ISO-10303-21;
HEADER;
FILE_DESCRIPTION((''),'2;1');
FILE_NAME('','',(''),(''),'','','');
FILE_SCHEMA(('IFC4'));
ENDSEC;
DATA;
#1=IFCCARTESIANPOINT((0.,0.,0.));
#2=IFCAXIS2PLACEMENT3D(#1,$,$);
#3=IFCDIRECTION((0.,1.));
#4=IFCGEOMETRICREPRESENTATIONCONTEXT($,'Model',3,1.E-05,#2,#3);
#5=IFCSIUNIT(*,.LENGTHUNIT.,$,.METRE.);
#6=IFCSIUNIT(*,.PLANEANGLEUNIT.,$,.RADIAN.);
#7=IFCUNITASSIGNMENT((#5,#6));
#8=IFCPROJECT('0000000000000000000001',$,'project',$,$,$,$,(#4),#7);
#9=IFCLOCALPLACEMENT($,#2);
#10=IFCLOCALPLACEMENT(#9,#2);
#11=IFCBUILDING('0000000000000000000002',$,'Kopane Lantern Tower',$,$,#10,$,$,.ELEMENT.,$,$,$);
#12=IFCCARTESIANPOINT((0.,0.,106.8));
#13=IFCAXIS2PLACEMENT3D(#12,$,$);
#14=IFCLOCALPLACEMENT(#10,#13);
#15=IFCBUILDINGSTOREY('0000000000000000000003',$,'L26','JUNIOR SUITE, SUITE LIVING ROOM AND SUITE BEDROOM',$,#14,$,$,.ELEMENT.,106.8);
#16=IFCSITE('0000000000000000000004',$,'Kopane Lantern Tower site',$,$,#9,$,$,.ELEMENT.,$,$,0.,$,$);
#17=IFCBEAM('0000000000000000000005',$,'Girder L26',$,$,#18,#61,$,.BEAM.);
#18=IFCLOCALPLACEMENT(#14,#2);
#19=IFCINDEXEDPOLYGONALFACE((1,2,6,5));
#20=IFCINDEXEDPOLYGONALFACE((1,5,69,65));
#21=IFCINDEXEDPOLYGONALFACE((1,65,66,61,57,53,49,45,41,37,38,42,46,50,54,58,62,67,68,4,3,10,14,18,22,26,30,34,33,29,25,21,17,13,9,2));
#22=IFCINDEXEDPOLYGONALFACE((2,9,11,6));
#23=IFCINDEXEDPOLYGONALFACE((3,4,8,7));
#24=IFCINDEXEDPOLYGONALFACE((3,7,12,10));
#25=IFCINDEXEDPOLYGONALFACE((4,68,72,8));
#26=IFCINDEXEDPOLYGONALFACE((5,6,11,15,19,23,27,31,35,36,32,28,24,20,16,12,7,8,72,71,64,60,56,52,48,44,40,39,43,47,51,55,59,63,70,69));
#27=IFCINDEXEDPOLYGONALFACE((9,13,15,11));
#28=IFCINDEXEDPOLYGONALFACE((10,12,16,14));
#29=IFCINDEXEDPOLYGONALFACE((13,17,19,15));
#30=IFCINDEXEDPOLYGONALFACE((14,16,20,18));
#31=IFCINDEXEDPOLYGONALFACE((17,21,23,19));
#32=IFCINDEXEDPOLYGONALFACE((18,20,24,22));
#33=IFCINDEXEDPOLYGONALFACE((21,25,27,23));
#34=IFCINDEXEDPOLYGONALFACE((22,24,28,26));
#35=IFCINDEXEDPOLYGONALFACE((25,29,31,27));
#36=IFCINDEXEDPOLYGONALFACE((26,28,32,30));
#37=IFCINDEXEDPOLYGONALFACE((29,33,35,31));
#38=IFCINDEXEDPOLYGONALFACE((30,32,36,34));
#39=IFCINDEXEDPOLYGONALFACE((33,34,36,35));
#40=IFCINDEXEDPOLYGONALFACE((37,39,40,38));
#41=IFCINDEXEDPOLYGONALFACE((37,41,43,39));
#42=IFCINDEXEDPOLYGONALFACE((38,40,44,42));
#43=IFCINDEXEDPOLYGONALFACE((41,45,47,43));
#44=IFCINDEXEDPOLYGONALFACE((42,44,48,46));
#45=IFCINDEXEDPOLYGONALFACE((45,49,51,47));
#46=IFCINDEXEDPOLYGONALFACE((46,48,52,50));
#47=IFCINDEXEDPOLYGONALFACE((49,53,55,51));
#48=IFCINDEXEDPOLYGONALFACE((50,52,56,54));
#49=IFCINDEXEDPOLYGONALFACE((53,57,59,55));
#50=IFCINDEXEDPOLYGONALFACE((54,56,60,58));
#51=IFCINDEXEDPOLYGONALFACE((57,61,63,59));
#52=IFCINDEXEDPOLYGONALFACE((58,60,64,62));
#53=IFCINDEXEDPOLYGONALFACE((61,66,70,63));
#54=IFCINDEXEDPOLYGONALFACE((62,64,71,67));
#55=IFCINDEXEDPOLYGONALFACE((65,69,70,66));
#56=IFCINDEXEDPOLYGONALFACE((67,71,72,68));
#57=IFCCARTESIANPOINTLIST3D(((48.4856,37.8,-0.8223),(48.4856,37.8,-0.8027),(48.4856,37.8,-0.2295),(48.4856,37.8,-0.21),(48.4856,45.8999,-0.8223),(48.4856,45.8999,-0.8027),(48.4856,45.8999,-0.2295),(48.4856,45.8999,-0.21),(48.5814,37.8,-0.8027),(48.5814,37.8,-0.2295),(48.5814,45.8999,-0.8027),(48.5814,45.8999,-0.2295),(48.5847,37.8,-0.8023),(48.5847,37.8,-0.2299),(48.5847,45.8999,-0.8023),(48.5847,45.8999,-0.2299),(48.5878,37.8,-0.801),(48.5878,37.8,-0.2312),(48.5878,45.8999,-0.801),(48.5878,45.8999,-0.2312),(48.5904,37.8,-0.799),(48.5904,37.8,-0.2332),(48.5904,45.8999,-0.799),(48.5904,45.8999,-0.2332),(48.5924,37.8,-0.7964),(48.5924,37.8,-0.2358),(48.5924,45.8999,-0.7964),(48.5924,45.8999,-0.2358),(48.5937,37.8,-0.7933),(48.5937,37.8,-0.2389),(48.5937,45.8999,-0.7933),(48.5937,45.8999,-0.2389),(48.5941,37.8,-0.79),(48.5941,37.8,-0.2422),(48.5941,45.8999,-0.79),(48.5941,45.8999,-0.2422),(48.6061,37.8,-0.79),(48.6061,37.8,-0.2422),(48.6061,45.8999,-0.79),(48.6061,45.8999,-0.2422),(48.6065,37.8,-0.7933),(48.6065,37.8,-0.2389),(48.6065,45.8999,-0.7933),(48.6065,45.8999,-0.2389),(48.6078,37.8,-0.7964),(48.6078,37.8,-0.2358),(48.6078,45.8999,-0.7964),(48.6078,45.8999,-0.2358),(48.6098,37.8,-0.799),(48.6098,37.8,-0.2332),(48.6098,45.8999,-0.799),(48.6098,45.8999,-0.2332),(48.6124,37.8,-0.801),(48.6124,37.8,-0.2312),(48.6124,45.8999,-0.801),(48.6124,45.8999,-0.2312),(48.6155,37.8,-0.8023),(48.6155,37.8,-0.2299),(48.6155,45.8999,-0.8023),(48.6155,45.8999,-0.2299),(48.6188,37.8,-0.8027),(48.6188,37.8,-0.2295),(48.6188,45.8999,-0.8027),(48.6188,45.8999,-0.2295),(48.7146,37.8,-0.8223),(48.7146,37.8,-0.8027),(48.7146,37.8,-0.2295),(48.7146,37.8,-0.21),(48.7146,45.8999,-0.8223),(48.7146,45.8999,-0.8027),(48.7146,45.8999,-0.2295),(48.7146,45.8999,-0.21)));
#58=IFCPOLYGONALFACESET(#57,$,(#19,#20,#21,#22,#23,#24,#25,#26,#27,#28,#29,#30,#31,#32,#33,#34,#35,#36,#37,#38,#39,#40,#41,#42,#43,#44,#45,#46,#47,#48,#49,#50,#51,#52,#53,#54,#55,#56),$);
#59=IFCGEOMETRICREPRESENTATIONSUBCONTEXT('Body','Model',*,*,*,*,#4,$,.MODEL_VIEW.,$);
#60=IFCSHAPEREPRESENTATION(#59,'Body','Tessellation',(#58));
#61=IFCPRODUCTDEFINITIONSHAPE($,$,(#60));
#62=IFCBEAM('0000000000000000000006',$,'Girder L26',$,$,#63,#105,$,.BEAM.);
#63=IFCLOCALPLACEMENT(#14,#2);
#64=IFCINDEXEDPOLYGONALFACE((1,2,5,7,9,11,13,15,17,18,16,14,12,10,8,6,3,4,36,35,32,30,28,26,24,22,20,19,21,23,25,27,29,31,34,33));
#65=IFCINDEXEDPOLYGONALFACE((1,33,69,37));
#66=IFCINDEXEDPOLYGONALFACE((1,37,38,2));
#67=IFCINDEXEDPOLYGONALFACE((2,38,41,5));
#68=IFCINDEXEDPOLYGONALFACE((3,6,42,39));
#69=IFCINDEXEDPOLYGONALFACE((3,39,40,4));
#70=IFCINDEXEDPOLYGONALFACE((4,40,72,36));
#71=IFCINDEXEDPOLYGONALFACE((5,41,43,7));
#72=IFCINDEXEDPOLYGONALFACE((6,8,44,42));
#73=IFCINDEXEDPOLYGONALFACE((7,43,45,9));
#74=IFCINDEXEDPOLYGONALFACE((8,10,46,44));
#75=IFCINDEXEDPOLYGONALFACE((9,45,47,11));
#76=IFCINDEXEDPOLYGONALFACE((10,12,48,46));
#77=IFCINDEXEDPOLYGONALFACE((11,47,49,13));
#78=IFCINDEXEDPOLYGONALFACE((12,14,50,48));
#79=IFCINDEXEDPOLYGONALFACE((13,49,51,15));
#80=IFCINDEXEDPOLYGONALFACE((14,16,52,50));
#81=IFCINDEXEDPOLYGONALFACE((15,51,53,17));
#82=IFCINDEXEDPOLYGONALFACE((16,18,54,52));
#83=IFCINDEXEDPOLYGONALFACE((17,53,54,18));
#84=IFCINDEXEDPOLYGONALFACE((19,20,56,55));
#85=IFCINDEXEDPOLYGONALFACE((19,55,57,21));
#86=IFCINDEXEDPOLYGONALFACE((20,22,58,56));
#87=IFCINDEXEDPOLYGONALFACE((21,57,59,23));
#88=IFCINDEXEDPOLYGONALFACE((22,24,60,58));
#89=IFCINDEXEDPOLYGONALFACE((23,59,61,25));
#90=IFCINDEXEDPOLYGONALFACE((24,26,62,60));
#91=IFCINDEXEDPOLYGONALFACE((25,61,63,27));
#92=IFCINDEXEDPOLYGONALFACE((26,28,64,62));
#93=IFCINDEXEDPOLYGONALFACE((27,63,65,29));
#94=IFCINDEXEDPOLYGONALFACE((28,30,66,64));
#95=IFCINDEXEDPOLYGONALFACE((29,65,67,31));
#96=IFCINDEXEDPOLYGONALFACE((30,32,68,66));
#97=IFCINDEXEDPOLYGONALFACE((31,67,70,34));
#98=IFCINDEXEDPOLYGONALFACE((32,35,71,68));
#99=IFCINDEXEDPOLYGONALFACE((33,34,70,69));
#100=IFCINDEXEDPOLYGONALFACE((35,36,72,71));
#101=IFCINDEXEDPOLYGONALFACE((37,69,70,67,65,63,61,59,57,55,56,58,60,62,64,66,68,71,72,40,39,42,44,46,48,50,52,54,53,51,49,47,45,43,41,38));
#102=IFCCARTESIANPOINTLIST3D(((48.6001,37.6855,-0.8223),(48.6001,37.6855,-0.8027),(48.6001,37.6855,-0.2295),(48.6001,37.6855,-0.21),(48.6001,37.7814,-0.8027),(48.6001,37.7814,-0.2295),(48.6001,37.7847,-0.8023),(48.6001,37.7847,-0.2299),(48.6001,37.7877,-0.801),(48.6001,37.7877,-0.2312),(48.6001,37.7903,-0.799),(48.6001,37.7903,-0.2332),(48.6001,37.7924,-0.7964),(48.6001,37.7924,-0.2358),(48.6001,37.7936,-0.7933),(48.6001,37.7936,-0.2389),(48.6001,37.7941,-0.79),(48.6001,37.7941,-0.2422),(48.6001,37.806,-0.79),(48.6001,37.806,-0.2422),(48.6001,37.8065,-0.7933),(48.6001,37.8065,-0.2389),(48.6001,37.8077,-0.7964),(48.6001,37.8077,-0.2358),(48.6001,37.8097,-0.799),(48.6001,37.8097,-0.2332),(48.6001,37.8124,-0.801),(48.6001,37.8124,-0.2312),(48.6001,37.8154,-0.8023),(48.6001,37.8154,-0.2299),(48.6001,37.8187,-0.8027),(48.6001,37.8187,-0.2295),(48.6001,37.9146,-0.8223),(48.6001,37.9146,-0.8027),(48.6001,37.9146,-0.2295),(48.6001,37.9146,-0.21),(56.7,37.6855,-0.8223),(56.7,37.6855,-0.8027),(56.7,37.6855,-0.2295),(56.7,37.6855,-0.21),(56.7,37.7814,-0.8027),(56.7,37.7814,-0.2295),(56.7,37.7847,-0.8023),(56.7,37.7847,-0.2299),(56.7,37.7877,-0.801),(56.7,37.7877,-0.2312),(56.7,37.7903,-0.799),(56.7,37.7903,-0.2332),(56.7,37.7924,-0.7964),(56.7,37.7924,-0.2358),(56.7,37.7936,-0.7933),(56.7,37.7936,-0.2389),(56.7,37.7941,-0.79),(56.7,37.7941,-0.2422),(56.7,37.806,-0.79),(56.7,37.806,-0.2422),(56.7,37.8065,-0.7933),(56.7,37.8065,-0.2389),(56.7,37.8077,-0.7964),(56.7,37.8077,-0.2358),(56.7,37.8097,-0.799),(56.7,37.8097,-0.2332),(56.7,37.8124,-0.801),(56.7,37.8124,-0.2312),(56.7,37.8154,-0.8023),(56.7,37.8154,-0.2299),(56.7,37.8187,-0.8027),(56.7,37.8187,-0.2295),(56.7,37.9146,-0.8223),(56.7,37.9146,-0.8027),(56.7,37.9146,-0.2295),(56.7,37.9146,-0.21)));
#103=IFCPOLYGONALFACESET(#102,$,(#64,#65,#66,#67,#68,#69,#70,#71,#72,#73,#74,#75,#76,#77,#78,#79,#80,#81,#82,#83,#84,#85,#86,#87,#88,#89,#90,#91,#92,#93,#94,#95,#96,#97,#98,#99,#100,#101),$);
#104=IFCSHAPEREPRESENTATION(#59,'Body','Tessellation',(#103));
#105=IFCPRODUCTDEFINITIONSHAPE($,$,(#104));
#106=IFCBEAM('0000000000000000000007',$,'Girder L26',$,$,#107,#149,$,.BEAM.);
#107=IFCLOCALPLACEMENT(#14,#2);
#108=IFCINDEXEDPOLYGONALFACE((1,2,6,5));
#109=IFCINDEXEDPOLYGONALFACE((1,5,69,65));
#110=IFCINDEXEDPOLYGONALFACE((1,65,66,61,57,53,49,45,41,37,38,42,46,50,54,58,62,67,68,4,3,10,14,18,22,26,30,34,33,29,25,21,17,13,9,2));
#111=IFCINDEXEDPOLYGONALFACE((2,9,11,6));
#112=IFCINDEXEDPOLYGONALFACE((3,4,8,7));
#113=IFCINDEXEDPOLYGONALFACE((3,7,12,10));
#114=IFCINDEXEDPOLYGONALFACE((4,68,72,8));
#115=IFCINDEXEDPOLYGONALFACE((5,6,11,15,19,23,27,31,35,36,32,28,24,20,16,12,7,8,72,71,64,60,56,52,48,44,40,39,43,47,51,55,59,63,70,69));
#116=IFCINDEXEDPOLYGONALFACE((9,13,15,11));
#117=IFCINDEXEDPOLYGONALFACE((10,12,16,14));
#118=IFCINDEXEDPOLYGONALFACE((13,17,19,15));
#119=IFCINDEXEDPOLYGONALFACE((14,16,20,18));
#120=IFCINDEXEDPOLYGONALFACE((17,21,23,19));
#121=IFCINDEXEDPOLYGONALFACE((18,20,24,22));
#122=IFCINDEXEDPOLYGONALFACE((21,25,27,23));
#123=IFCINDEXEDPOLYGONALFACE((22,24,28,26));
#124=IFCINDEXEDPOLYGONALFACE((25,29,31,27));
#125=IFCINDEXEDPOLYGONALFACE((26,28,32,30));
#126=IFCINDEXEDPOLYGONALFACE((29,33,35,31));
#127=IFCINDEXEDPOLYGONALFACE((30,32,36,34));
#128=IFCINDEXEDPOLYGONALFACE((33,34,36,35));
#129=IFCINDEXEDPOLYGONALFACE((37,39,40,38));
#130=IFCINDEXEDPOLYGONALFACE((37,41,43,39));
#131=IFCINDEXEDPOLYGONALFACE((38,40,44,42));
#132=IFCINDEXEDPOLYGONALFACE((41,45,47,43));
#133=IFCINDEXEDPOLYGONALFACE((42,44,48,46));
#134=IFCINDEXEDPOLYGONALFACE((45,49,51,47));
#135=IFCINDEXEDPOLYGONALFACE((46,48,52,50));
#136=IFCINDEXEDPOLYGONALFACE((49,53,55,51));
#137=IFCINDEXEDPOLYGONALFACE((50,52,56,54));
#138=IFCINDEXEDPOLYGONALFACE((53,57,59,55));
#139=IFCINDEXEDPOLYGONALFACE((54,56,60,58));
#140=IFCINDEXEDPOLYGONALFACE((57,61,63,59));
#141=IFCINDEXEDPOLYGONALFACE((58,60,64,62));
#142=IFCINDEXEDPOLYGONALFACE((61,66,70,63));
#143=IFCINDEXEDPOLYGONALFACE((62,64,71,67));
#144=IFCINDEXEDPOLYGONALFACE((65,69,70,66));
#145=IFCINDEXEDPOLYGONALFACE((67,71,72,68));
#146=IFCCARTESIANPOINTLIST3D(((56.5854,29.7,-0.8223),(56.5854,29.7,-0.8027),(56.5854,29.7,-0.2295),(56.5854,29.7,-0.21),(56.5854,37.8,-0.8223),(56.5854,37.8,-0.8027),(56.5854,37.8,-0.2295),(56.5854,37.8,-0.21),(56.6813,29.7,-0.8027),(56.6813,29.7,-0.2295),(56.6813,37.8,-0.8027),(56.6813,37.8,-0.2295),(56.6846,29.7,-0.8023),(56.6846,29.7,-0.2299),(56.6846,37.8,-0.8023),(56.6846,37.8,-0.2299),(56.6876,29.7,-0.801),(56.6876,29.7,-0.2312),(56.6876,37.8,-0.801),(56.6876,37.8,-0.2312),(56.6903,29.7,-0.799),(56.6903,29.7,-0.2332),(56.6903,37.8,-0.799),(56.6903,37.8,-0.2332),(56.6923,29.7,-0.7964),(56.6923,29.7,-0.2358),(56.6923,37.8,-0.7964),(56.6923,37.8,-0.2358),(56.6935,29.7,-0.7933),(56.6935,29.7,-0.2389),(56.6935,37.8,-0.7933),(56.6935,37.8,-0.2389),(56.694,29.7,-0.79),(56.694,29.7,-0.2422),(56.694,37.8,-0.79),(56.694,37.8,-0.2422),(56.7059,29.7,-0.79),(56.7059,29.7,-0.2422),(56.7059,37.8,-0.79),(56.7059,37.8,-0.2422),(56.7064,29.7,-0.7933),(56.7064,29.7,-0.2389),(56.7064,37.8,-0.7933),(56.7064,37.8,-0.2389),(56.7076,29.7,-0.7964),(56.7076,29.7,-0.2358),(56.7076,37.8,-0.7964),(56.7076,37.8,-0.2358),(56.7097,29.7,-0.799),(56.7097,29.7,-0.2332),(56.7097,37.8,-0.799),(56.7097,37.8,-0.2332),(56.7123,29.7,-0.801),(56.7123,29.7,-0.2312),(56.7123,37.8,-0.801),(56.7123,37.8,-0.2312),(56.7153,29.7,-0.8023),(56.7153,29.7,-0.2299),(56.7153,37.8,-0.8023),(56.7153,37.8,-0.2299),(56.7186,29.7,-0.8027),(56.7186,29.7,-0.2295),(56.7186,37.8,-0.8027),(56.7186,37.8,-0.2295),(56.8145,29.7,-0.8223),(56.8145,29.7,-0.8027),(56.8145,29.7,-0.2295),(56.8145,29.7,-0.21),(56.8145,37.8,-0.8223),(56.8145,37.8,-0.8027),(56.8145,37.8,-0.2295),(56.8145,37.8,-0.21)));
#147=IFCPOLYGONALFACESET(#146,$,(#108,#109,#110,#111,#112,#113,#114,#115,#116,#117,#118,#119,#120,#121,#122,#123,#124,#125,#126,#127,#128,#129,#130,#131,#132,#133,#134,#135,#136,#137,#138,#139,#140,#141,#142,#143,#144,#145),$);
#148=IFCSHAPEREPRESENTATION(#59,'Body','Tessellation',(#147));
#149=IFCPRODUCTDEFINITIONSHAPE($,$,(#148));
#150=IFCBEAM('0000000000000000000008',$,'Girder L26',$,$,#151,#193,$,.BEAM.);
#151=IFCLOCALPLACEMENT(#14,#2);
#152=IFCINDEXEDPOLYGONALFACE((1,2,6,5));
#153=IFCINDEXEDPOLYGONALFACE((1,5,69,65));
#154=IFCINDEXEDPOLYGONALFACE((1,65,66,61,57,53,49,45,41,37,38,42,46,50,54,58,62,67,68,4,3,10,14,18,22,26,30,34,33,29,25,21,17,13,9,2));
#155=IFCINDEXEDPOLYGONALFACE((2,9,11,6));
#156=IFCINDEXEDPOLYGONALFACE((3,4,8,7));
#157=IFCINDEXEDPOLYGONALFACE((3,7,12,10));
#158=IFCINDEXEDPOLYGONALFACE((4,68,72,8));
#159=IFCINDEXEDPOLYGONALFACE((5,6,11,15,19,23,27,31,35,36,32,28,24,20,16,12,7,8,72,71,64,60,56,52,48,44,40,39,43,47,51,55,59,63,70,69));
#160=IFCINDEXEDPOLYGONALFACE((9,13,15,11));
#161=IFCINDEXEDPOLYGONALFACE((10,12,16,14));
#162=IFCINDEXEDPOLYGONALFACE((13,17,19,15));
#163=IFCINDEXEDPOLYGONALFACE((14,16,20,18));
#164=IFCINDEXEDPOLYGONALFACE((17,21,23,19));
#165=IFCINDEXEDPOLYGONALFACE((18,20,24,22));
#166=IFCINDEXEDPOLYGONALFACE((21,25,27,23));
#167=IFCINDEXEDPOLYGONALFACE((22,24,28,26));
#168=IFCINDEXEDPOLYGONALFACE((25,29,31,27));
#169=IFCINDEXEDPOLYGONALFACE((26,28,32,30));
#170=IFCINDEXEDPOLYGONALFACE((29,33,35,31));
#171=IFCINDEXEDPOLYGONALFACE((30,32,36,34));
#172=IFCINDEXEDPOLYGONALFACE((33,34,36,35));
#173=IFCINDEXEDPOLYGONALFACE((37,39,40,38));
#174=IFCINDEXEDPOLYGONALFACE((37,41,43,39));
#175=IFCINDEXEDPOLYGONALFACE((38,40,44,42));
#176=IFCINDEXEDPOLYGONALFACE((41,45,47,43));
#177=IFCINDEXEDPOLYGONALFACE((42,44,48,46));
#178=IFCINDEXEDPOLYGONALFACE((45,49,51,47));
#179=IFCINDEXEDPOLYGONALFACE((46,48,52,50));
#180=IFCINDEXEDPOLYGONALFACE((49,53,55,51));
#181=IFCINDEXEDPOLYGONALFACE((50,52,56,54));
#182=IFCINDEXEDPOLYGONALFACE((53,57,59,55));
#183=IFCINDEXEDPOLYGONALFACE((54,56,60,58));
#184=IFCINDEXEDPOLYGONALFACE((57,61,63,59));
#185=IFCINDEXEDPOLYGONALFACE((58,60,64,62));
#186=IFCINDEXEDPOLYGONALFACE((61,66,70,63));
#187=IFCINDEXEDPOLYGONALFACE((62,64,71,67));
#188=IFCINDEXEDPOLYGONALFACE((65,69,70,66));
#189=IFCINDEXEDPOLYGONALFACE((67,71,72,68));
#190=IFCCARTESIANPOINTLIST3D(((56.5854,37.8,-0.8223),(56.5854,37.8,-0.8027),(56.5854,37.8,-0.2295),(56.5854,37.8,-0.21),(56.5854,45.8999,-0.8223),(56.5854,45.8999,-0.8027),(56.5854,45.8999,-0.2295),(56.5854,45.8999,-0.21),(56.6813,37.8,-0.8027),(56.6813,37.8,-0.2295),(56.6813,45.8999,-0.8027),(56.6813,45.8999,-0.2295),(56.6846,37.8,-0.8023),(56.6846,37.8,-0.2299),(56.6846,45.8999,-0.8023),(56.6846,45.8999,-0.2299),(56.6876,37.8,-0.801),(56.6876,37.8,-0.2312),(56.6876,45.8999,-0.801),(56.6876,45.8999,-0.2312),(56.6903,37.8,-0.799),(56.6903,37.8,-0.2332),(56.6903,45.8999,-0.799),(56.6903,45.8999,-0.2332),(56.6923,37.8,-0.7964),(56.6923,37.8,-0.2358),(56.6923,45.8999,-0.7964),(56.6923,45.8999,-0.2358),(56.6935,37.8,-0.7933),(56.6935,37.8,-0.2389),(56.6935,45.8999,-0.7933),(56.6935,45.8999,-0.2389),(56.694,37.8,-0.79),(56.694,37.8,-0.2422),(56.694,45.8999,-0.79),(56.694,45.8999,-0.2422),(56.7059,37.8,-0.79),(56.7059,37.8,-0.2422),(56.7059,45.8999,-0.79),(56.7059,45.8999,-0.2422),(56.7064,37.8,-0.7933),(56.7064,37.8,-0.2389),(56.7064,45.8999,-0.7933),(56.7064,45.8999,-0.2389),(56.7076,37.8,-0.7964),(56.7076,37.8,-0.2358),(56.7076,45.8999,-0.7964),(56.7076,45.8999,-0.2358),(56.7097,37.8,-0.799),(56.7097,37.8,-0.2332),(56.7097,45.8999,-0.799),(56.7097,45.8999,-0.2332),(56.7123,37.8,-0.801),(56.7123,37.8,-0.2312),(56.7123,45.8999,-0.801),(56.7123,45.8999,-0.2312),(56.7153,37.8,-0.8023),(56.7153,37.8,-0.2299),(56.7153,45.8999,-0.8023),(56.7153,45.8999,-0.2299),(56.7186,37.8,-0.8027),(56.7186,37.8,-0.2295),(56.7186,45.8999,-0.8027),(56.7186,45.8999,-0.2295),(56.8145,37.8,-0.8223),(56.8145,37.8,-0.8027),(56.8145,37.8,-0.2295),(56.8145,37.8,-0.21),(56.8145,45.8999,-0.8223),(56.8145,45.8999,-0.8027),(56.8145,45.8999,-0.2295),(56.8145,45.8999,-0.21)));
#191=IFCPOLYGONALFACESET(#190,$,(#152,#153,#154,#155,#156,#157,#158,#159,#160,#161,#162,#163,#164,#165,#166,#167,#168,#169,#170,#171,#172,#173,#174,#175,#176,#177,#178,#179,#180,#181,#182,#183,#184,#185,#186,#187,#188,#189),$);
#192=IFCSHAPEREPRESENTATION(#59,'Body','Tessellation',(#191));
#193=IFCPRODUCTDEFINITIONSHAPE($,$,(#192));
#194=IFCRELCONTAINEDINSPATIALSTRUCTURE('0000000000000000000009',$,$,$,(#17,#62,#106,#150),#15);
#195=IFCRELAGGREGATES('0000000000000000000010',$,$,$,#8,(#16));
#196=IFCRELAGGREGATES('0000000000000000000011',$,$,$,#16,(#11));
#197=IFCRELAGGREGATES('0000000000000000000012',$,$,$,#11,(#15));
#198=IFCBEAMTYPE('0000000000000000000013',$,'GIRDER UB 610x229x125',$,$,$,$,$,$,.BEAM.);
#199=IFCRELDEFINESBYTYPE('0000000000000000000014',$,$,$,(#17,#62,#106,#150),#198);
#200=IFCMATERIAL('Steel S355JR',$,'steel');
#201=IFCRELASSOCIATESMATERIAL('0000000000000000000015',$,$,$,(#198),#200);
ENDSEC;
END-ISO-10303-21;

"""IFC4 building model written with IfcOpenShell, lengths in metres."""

from ifc_helpers import new_model, si_unit, direction, frame, origin, origin_2d, place, context, subcontext, project, spatial, i_section, extrude, material, material_profile, profile_set, type_object, element, save


model = new_model("IFC4")

# Units and contexts
model_context = context("Model", 3, precision=1e-05, world=origin(), true_north=direction((0.0, 1.0)))
body_context = subcontext(model_context, "Body", "Model", "MODEL_VIEW")
ifc_project = project(units=[si_unit("LENGTHUNIT", "METRE"), si_unit("PLANEANGLEUNIT", "RADIAN")], contexts=[model_context])

# Site, building, storey
site_placement = place(None, origin())
site = spatial("IfcSite", under=ifc_project, at=site_placement, Name="Kopane Lantern Tower site", CompositionType="ELEMENT", RefElevation=0.0)
building_placement = place(site_placement, origin())
building = spatial("IfcBuilding", under=site, at=building_placement, Name="Kopane Lantern Tower", CompositionType="ELEMENT")
storey_placement = place(building_placement, frame((0.0, 0.0, 106.8)))
storey = spatial("IfcBuildingStorey", under=building, at=storey_placement, Name="L26", Description="JUNIOR SUITE, SUITE LIVING ROOM AND SUITE BEDROOM", CompositionType="ELEMENT", Elevation=106.8)

# Beams
ifc_material_1 = material(Name="Steel S355JR", Category="steel")
ifc_material_profile_1 = material_profile(ifc_material_1, i_section(OverallWidth=0.229, OverallDepth=0.6123, WebThickness=0.012, FlangeThickness=0.0195, FilletRadius=0.0127, at=origin_2d()), Name="UB 610x229x125")
ifc_profile_set_1 = profile_set([ifc_material_profile_1], Name="Steel S355JR")
beam_type = type_object("IfcBeamType", Name="GIRDER UB 610x229x125", PredefinedType="BEAM", material=ifc_profile_set_1)
for number, where, z_axis, x_axis, name in (
    (1, (48.6001, 37.8, -0.5161), (0.0, 1.0, 0.0), (-1.0, 0.0, 0.0), "Girder L26"),
    (2, (48.6001, 37.8, -0.5161), (1.0, 0.0, 0.0), (0.0, 1.0, 0.0), "Girder L26"),
):
    element("IfcBeam", number, at=place(storey_placement, frame(where, z_axis=z_axis, x_axis=x_axis)), inside=storey, type_object=beam_type, Name=name, PredefinedType="BEAM", context=body_context, shape_type="SweptSolid", body=[
        extrude(i_section(OverallWidth=0.229, OverallDepth=0.6123, WebThickness=0.012, FlangeThickness=0.0195, FilletRadius=0.0127, at=origin_2d()), origin(), (0.0, 0.0, 1.0), 8.0999),
    ])
beam_1_placement = place(storey_placement, frame((56.7, 29.7, -0.5161), z_axis=(0.0, 1.0, 0.0), x_axis=(-1.0, 0.0, 0.0)))
element("IfcBeam", 3, at=beam_1_placement, inside=storey, type_object=beam_type, Name="Girder L26", PredefinedType="BEAM", context=body_context, shape_type="SweptSolid", body=[
    extrude(i_section(OverallWidth=0.229, OverallDepth=0.6123, WebThickness=0.012, FlangeThickness=0.0195, FilletRadius=0.0127, at=origin_2d()), origin(), (0.0, 0.0, 1.0), 8.1001),
])
beam_2_placement = place(storey_placement, frame((56.7, 37.8, -0.5161), z_axis=(0.0, 1.0, 0.0), x_axis=(-1.0, 0.0, 0.0)))
element("IfcBeam", 4, at=beam_2_placement, inside=storey, type_object=beam_type, Name="Girder L26", PredefinedType="BEAM", context=body_context, shape_type="SweptSolid", body=[
    extrude(i_section(OverallWidth=0.229, OverallDepth=0.6123, WebThickness=0.012, FlangeThickness=0.0195, FilletRadius=0.0127, at=origin_2d()), origin(), (0.0, 0.0, 1.0), 8.0999),
])

save(model, "model.ifc")
